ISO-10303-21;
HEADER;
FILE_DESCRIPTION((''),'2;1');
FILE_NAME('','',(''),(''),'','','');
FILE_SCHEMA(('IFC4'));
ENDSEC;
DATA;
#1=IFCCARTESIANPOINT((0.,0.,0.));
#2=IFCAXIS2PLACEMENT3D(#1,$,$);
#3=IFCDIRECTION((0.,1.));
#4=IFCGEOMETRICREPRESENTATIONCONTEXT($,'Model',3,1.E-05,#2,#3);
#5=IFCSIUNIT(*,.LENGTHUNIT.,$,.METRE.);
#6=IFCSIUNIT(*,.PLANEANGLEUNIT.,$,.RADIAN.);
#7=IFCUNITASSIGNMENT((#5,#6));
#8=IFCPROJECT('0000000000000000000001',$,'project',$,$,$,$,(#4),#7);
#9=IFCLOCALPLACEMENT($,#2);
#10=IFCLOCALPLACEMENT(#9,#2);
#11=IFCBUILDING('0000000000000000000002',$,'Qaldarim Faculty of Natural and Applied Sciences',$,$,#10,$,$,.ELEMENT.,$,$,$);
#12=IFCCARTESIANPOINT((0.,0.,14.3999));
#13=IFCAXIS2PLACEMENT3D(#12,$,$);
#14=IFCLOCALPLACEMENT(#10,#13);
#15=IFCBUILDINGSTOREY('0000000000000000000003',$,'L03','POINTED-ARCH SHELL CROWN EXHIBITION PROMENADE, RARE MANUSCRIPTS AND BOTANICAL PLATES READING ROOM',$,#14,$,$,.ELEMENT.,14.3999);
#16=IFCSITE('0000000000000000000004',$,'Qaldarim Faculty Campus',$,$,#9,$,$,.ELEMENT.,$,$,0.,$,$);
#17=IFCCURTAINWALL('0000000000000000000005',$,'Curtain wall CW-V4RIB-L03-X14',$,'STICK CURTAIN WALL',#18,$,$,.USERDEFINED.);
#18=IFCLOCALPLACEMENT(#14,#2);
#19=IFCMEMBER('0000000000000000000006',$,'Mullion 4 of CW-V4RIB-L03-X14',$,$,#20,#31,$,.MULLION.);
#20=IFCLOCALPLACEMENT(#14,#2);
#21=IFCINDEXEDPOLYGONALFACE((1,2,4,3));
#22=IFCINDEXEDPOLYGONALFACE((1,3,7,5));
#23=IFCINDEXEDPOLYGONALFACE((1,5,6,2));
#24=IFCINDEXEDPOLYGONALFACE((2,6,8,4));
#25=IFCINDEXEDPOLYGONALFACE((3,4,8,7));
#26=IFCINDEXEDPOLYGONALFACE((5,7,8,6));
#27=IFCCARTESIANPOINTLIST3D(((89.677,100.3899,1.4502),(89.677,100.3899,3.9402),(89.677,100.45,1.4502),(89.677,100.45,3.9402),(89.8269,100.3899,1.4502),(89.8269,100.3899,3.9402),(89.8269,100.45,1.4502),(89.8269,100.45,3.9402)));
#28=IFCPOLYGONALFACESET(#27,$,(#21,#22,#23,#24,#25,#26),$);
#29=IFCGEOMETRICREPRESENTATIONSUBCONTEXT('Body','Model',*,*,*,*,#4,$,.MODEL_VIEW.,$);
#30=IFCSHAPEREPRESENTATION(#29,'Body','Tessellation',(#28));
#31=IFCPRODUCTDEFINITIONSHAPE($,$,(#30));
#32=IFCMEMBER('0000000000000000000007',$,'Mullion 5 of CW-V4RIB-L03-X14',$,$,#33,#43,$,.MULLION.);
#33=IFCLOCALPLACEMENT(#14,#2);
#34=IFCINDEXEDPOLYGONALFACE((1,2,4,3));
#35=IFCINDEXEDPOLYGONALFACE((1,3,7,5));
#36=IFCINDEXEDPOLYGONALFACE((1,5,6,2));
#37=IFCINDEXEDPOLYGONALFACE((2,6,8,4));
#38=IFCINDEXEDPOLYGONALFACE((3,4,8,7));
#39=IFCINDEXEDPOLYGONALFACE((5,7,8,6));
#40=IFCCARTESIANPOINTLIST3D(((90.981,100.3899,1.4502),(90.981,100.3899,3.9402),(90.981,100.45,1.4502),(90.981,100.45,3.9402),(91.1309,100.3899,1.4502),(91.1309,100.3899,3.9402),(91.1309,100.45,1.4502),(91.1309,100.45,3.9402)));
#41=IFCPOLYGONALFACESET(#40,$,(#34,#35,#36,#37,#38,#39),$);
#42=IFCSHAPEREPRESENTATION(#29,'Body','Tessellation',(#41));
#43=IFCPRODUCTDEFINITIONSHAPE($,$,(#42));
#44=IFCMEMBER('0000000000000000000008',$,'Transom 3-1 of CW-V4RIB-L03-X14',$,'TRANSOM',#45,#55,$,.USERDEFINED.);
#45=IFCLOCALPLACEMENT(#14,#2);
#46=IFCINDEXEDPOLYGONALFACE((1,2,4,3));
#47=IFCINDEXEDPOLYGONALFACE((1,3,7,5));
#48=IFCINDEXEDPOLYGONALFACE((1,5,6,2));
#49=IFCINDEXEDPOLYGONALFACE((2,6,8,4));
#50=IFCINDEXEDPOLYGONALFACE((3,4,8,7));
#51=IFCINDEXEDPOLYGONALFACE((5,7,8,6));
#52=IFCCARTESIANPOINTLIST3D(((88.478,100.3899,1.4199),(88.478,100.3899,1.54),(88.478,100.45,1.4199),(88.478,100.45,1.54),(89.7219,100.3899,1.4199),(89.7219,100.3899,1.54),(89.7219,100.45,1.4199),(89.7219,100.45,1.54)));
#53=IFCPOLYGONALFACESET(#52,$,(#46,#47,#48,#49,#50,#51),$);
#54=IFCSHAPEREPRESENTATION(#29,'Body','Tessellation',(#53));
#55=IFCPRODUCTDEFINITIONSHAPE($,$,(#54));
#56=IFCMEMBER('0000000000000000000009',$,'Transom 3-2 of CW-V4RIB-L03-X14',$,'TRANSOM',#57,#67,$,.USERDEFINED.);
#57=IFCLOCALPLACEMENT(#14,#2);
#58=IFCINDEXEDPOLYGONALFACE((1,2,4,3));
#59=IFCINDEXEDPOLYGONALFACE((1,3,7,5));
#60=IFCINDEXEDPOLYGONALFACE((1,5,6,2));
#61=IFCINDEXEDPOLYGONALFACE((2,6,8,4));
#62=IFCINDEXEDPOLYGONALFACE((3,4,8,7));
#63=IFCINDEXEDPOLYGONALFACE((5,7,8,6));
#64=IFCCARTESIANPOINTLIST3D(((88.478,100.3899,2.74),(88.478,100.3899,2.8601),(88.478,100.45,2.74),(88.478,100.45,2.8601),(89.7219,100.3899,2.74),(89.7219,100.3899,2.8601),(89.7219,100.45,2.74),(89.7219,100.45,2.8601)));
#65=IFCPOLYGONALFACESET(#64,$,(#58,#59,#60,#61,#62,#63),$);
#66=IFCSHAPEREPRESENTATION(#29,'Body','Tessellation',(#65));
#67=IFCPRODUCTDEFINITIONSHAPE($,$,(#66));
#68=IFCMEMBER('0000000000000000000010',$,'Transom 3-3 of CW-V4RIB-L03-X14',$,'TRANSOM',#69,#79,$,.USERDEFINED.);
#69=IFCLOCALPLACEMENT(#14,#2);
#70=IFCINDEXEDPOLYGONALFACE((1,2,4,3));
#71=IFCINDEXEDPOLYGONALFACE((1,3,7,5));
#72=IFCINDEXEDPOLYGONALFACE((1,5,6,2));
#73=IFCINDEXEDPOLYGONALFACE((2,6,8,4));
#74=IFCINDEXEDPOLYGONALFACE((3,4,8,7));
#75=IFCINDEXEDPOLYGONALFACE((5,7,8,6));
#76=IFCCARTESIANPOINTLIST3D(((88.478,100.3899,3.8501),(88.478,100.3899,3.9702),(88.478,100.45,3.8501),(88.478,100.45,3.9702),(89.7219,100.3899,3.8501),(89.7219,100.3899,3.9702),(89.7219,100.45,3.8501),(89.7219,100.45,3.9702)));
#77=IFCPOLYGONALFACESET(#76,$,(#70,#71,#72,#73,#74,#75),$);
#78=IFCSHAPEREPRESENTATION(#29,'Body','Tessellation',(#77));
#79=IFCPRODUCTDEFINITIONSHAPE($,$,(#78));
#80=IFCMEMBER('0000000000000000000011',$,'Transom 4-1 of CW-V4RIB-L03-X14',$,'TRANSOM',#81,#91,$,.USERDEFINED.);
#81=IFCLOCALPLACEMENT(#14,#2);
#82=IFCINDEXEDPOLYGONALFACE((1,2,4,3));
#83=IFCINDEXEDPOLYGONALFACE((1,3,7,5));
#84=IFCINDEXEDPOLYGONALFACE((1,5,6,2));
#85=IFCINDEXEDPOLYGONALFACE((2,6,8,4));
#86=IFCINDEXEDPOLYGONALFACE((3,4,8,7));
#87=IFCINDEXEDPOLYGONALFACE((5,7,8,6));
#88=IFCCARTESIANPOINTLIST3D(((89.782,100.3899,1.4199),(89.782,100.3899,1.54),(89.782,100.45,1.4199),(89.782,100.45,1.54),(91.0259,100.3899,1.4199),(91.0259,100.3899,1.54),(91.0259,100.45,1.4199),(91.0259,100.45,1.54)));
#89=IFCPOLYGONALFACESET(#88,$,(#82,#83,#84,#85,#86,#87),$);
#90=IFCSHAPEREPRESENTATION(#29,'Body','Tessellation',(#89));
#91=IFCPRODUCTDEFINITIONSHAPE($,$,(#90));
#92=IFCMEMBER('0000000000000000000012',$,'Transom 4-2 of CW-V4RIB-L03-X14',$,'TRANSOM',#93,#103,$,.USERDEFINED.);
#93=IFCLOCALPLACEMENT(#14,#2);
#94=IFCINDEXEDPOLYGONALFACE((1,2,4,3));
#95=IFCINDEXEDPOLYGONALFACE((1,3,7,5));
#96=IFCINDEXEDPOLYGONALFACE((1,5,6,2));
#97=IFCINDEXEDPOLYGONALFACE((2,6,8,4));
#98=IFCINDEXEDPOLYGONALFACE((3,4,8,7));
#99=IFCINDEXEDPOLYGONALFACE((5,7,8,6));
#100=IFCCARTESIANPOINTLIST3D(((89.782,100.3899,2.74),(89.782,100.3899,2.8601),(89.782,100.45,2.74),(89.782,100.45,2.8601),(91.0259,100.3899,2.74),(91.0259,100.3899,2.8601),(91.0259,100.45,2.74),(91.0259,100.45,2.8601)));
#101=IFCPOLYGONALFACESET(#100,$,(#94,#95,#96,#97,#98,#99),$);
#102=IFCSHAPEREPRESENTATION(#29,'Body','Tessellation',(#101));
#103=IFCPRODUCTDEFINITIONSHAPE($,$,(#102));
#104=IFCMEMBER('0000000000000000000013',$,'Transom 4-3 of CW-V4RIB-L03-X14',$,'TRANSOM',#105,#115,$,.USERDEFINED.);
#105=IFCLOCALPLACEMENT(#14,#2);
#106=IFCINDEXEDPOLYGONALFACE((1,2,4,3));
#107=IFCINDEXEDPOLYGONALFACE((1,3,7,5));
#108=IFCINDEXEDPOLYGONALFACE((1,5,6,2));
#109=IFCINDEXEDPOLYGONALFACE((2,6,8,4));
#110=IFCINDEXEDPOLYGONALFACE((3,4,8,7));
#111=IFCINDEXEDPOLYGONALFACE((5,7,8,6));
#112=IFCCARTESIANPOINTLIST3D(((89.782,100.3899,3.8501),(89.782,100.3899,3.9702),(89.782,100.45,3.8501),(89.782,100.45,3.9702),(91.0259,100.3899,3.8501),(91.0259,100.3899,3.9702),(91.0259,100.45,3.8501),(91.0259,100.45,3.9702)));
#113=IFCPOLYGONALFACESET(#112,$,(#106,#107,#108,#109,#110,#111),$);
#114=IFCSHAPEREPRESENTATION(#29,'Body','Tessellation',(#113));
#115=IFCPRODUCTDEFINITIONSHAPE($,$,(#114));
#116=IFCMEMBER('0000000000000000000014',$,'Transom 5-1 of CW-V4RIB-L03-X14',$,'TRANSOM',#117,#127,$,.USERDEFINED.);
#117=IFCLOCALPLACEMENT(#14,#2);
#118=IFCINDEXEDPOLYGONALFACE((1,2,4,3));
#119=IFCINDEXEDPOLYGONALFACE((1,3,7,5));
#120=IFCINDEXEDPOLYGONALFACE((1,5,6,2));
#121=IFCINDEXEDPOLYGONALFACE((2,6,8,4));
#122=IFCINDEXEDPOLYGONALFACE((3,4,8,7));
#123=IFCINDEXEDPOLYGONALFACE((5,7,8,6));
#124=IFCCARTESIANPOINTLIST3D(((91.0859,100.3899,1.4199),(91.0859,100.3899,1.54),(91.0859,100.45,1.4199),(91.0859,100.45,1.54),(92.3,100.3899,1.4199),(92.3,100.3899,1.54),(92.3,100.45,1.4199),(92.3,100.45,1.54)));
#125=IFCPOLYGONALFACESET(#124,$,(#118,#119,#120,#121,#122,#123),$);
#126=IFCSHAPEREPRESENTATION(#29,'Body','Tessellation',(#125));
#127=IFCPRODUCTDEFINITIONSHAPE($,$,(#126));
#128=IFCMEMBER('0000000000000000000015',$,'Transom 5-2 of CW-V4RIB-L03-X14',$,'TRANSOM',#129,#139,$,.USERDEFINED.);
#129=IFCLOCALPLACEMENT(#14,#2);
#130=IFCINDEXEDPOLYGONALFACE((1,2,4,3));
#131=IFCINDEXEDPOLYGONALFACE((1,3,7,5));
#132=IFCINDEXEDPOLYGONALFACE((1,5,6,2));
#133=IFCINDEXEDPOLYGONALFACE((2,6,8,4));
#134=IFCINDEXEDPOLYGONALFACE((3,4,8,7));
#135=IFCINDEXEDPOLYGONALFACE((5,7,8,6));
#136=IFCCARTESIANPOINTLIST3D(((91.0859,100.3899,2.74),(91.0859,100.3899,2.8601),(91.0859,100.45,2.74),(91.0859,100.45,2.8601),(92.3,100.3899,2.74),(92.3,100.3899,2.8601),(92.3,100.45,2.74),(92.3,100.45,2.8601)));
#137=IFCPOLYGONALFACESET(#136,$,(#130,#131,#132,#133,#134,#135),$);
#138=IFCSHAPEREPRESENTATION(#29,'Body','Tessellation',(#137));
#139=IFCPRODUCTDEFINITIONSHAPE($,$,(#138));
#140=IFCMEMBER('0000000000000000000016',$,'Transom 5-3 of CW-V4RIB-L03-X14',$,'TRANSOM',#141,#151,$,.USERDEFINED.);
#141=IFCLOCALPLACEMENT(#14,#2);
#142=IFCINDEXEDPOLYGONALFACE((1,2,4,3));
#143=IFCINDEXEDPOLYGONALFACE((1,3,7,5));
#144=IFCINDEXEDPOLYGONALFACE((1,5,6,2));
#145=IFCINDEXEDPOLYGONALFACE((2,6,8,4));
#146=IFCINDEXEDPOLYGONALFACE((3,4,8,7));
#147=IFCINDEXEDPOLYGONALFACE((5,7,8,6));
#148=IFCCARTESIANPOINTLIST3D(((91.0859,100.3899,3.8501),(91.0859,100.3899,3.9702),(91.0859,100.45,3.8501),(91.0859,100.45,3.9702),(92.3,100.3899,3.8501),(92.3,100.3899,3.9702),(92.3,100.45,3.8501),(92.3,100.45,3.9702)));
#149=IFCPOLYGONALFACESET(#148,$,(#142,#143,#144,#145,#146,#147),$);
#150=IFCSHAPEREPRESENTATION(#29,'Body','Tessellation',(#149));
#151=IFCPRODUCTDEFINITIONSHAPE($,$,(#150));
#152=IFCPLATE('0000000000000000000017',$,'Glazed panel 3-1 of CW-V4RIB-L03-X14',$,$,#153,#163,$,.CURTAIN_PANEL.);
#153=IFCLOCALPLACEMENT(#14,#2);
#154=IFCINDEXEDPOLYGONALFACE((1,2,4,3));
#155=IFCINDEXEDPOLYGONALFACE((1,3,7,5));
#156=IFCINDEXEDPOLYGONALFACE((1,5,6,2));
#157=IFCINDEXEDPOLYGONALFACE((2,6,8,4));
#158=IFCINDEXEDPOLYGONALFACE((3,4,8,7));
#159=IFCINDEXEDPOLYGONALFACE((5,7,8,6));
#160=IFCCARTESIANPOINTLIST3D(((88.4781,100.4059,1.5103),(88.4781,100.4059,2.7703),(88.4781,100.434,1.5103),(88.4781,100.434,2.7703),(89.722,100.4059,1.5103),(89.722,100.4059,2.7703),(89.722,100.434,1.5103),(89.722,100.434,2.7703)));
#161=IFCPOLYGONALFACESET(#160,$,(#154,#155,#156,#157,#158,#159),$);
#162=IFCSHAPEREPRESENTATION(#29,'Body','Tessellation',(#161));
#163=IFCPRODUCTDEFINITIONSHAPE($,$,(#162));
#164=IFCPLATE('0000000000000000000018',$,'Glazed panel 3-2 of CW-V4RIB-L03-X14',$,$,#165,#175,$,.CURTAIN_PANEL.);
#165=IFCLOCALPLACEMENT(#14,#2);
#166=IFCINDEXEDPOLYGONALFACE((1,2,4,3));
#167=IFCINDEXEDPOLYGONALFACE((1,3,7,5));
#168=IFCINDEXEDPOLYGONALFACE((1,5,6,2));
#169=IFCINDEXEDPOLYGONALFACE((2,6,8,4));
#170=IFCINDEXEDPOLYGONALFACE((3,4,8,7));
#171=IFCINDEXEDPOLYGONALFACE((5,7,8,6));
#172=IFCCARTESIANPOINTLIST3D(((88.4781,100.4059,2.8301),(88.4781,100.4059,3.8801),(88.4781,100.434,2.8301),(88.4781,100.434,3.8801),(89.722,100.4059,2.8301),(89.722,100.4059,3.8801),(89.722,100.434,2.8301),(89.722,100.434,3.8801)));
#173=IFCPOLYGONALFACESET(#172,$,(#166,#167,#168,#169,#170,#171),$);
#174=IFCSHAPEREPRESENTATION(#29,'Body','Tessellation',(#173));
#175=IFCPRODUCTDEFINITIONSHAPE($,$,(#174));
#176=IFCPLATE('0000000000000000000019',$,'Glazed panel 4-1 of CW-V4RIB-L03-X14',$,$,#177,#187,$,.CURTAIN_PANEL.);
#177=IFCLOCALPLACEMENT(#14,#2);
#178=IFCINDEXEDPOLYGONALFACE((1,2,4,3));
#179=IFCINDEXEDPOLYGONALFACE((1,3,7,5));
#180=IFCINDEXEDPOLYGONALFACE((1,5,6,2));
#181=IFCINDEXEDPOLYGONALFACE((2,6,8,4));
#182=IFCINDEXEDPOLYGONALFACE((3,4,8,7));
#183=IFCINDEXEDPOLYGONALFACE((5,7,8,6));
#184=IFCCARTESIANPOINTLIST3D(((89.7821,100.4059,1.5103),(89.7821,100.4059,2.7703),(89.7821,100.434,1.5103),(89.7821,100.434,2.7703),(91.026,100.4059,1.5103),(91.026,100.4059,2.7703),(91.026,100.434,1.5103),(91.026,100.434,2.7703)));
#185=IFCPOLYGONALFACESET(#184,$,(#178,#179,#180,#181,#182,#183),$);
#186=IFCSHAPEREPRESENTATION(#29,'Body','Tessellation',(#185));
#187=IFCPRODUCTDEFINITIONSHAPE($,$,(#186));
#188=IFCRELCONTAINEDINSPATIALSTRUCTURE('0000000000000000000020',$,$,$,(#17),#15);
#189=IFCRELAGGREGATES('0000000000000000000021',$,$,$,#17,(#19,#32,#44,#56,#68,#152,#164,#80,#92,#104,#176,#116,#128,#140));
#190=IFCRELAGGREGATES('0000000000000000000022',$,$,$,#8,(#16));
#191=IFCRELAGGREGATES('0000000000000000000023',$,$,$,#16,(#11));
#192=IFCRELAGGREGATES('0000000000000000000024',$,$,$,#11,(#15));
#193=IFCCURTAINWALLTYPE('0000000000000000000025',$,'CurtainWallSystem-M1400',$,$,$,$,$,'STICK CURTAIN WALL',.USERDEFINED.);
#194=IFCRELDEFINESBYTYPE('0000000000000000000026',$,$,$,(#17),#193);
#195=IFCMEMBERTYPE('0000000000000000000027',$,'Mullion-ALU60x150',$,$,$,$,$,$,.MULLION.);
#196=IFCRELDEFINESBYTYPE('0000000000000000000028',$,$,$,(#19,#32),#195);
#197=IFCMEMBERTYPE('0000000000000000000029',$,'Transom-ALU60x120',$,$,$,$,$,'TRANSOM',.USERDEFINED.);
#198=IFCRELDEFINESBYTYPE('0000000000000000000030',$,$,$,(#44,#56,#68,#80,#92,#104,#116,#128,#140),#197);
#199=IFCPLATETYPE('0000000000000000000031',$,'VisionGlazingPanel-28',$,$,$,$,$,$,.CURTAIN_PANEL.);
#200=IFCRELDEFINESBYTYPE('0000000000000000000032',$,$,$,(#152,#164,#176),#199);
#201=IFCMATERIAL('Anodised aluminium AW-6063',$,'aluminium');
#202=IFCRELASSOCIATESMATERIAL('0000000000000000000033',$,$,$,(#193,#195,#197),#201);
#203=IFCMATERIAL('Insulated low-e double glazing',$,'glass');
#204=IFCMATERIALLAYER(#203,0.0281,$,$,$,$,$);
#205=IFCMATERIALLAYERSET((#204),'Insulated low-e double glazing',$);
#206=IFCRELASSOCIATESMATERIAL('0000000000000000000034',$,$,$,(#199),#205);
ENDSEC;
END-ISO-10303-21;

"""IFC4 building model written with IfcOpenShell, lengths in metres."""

from ifc_helpers import new_model, si_unit, direction, frame, origin, origin_2d, place, context, subcontext, project, spatial, rectangle, extrude, material, layer, layer_set, material_profile, profile_set, type_object, element, aggregate, save


model = new_model("IFC4")

# Units and contexts
model_context = context("Model", 3, precision=1e-05, world=origin(), true_north=direction((0.0, 1.0)))
body_context = subcontext(model_context, "Body", "Model", "MODEL_VIEW")
ifc_project = project(units=[si_unit("LENGTHUNIT", "METRE"), si_unit("PLANEANGLEUNIT", "RADIAN")], contexts=[model_context])

# Site, building, storey
site_placement = place(None, origin())
site = spatial("IfcSite", under=ifc_project, at=site_placement, Name="Qaldarim Faculty Campus", CompositionType="ELEMENT", RefElevation=0.0)
building_placement = place(site_placement, origin())
building = spatial("IfcBuilding", under=site, at=building_placement, Name="Qaldarim Faculty of Natural and Applied Sciences", CompositionType="ELEMENT")
storey_placement = place(building_placement, frame((0.0, 0.0, 14.3999)))
storey = spatial("IfcBuildingStorey", under=building, at=storey_placement, Name="L03", Description="POINTED-ARCH SHELL CROWN EXHIBITION PROMENADE, RARE MANUSCRIPTS AND BOTANICAL PLATES READING ROOM", CompositionType="ELEMENT", Elevation=14.3999)

# Curtain wall, members, plates
ifc_material_1 = material(Name="Anodised aluminium AW-6063", Category="aluminium")
curtain_wall_type = type_object("IfcCurtainWallType", Name="CurtainWallSystem-M1400", ElementType="STICK CURTAIN WALL", PredefinedType="USERDEFINED", material=ifc_material_1)
curtain_wall_placement = place(storey_placement, origin())
curtain_wall = element("IfcCurtainWall", 1, at=curtain_wall_placement, inside=storey, type_object=curtain_wall_type, Name="Curtain wall CW-V4RIB-L03-X14", ObjectType="STICK CURTAIN WALL", PredefinedType="USERDEFINED")
ifc_material_profile_1 = material_profile(ifc_material_1, rectangle(XDim=0.0601, YDim=0.1499, at=origin_2d()), Name="ALU-M60x150")
ifc_profile_set_1 = profile_set([ifc_material_profile_1], Name="Anodised aluminium AW-6063")
member_type_1 = type_object("IfcMemberType", Name="Mullion-ALU60x150", PredefinedType="MULLION", material=ifc_profile_set_1)
member_1_placement = place(storey_placement, frame((89.752, 100.4199, 1.4502), z_axis=(0.0, 0.0, 1.0), x_axis=(0.0, 1.0, 0.0)))
member_1 = element("IfcMember", 2, at=member_1_placement, type_object=member_type_1, Name="Mullion 4 of CW-V4RIB-L03-X14", PredefinedType="MULLION", context=body_context, shape_type="SweptSolid", body=[
    extrude(rectangle(XDim=0.0601, YDim=0.1499, at=origin_2d()), origin(), (0.0, 0.0, 1.0), 2.49),
])
member_2_placement = place(storey_placement, frame((91.0559, 100.4199, 1.4502), z_axis=(0.0, 0.0, 1.0), x_axis=(0.0, 1.0, 0.0)))
member_2 = element("IfcMember", 3, at=member_2_placement, type_object=member_type_1, Name="Mullion 5 of CW-V4RIB-L03-X14", PredefinedType="MULLION", context=body_context, shape_type="SweptSolid", body=[
    extrude(rectangle(XDim=0.0601, YDim=0.1499, at=origin_2d()), origin(), (0.0, 0.0, 1.0), 2.49),
])
ifc_material_profile_2 = material_profile(ifc_material_1, rectangle(XDim=0.0601, YDim=0.1201, at=origin_2d()), Name="ALU-T60x120")
ifc_profile_set_2 = profile_set([ifc_material_profile_2], Name="Anodised aluminium AW-6063")
member_type_2 = type_object("IfcMemberType", Name="Transom-ALU60x120", ElementType="TRANSOM", PredefinedType="USERDEFINED", material=ifc_profile_set_2)
member_3_placement = place(storey_placement, frame((88.478, 100.4199, 1.48), z_axis=(1.0, 0.0, 0.0), x_axis=(0.0, 1.0, 0.0)))
member_3 = element("IfcMember", 4, at=member_3_placement, type_object=member_type_2, Name="Transom 3-1 of CW-V4RIB-L03-X14", ObjectType="TRANSOM", PredefinedType="USERDEFINED", context=body_context, shape_type="SweptSolid", body=[
    extrude(rectangle(XDim=0.0601, YDim=0.1201, at=origin_2d()), origin(), (0.0, 0.0, 1.0), 1.2439),
])
member_4_placement = place(storey_placement, frame((88.478, 100.4199, 2.8), z_axis=(1.0, 0.0, 0.0), x_axis=(0.0, 1.0, 0.0)))
member_4 = element("IfcMember", 5, at=member_4_placement, type_object=member_type_2, Name="Transom 3-2 of CW-V4RIB-L03-X14", ObjectType="TRANSOM", PredefinedType="USERDEFINED", context=body_context, shape_type="SweptSolid", body=[
    extrude(rectangle(XDim=0.0601, YDim=0.1201, at=origin_2d()), origin(), (0.0, 0.0, 1.0), 1.2439),
])
member_5_placement = place(storey_placement, frame((88.478, 100.4199, 3.9102), z_axis=(1.0, 0.0, 0.0), x_axis=(0.0, 1.0, 0.0)))
member_5 = element("IfcMember", 6, at=member_5_placement, type_object=member_type_2, Name="Transom 3-3 of CW-V4RIB-L03-X14", ObjectType="TRANSOM", PredefinedType="USERDEFINED", context=body_context, shape_type="SweptSolid", body=[
    extrude(rectangle(XDim=0.0601, YDim=0.1201, at=origin_2d()), origin(), (0.0, 0.0, 1.0), 1.2439),
])
member_6_placement = place(storey_placement, frame((89.782, 100.4199, 1.48), z_axis=(1.0, 0.0, 0.0), x_axis=(0.0, 1.0, 0.0)))
member_6 = element("IfcMember", 7, at=member_6_placement, type_object=member_type_2, Name="Transom 4-1 of CW-V4RIB-L03-X14", ObjectType="TRANSOM", PredefinedType="USERDEFINED", context=body_context, shape_type="SweptSolid", body=[
    extrude(rectangle(XDim=0.0601, YDim=0.1201, at=origin_2d()), origin(), (0.0, 0.0, 1.0), 1.2439),
])
member_7_placement = place(storey_placement, frame((89.782, 100.4199, 2.8), z_axis=(1.0, 0.0, 0.0), x_axis=(0.0, 1.0, 0.0)))
member_7 = element("IfcMember", 8, at=member_7_placement, type_object=member_type_2, Name="Transom 4-2 of CW-V4RIB-L03-X14", ObjectType="TRANSOM", PredefinedType="USERDEFINED", context=body_context, shape_type="SweptSolid", body=[
    extrude(rectangle(XDim=0.0601, YDim=0.1201, at=origin_2d()), origin(), (0.0, 0.0, 1.0), 1.2439),
])
member_8_placement = place(storey_placement, frame((89.782, 100.4199, 3.9102), z_axis=(1.0, 0.0, 0.0), x_axis=(0.0, 1.0, 0.0)))
member_8 = element("IfcMember", 9, at=member_8_placement, type_object=member_type_2, Name="Transom 4-3 of CW-V4RIB-L03-X14", ObjectType="TRANSOM", PredefinedType="USERDEFINED", context=body_context, shape_type="SweptSolid", body=[
    extrude(rectangle(XDim=0.0601, YDim=0.1201, at=origin_2d()), origin(), (0.0, 0.0, 1.0), 1.2439),
])
member_9_placement = place(storey_placement, frame((91.0859, 100.4199, 1.48), z_axis=(1.0, 0.0, 0.0), x_axis=(0.0, 1.0, 0.0)))
member_9 = element("IfcMember", 10, at=member_9_placement, type_object=member_type_2, Name="Transom 5-1 of CW-V4RIB-L03-X14", ObjectType="TRANSOM", PredefinedType="USERDEFINED", context=body_context, shape_type="SweptSolid", body=[
    extrude(rectangle(XDim=0.0601, YDim=0.1201, at=origin_2d()), origin(), (0.0, 0.0, 1.0), 1.2141),
])
member_10_placement = place(storey_placement, frame((91.0859, 100.4199, 2.8), z_axis=(1.0, 0.0, 0.0), x_axis=(0.0, 1.0, 0.0)))
member_10 = element("IfcMember", 11, at=member_10_placement, type_object=member_type_2, Name="Transom 5-2 of CW-V4RIB-L03-X14", ObjectType="TRANSOM", PredefinedType="USERDEFINED", context=body_context, shape_type="SweptSolid", body=[
    extrude(rectangle(XDim=0.0601, YDim=0.1201, at=origin_2d()), origin(), (0.0, 0.0, 1.0), 1.2141),
])
member_11_placement = place(storey_placement, frame((91.0859, 100.4199, 3.9102), z_axis=(1.0, 0.0, 0.0), x_axis=(0.0, 1.0, 0.0)))
member_11 = element("IfcMember", 12, at=member_11_placement, type_object=member_type_2, Name="Transom 5-3 of CW-V4RIB-L03-X14", ObjectType="TRANSOM", PredefinedType="USERDEFINED", context=body_context, shape_type="SweptSolid", body=[
    extrude(rectangle(XDim=0.0601, YDim=0.1201, at=origin_2d()), origin(), (0.0, 0.0, 1.0), 1.2141),
])
ifc_material_2 = material(Name="Insulated low-e double glazing", Category="glass")
ifc_layer_1 = layer(ifc_material_2, 0.0281)
ifc_layer_set_1 = layer_set([ifc_layer_1], Name="Insulated low-e double glazing")
plate_type = type_object("IfcPlateType", Name="VisionGlazingPanel-28", PredefinedType="CURTAIN_PANEL", material=ifc_layer_set_1)
plate_1_placement = place(storey_placement, frame((89.1001, 100.4199, 1.5103), z_axis=(0.0, 0.0, 1.0), x_axis=(1.0, 0.0, 0.0)))
plate_1 = element("IfcPlate", 13, at=plate_1_placement, type_object=plate_type, Name="Glazed panel 3-1 of CW-V4RIB-L03-X14", PredefinedType="CURTAIN_PANEL", context=body_context, shape_type="SweptSolid", body=[
    extrude(rectangle(XDim=1.2439, YDim=0.0281, at=origin_2d()), origin(), (0.0, 0.0, 1.0), 1.26),
])
plate_2_placement = place(storey_placement, frame((89.1001, 100.4199, 2.8301), z_axis=(0.0, 0.0, 1.0), x_axis=(1.0, 0.0, 0.0)))
plate_2 = element("IfcPlate", 14, at=plate_2_placement, type_object=plate_type, Name="Glazed panel 3-2 of CW-V4RIB-L03-X14", PredefinedType="CURTAIN_PANEL", context=body_context, shape_type="SweptSolid", body=[
    extrude(rectangle(XDim=1.2439, YDim=0.0281, at=origin_2d()), origin(), (0.0, 0.0, 1.0), 1.05),
])
plate_3_placement = place(storey_placement, frame((90.4041, 100.4199, 1.5103), z_axis=(0.0, 0.0, 1.0), x_axis=(1.0, 0.0, 0.0)))
plate_3 = element("IfcPlate", 15, at=plate_3_placement, type_object=plate_type, Name="Glazed panel 4-1 of CW-V4RIB-L03-X14", PredefinedType="CURTAIN_PANEL", context=body_context, shape_type="SweptSolid", body=[
    extrude(rectangle(XDim=1.2439, YDim=0.0281, at=origin_2d()), origin(), (0.0, 0.0, 1.0), 1.26),
])
aggregate(curtain_wall, [member_1, member_2, member_3, member_4, member_5, plate_1, plate_2, member_6, member_7, member_8, plate_3, member_9, member_10, member_11])

save(model, "model.ifc")
